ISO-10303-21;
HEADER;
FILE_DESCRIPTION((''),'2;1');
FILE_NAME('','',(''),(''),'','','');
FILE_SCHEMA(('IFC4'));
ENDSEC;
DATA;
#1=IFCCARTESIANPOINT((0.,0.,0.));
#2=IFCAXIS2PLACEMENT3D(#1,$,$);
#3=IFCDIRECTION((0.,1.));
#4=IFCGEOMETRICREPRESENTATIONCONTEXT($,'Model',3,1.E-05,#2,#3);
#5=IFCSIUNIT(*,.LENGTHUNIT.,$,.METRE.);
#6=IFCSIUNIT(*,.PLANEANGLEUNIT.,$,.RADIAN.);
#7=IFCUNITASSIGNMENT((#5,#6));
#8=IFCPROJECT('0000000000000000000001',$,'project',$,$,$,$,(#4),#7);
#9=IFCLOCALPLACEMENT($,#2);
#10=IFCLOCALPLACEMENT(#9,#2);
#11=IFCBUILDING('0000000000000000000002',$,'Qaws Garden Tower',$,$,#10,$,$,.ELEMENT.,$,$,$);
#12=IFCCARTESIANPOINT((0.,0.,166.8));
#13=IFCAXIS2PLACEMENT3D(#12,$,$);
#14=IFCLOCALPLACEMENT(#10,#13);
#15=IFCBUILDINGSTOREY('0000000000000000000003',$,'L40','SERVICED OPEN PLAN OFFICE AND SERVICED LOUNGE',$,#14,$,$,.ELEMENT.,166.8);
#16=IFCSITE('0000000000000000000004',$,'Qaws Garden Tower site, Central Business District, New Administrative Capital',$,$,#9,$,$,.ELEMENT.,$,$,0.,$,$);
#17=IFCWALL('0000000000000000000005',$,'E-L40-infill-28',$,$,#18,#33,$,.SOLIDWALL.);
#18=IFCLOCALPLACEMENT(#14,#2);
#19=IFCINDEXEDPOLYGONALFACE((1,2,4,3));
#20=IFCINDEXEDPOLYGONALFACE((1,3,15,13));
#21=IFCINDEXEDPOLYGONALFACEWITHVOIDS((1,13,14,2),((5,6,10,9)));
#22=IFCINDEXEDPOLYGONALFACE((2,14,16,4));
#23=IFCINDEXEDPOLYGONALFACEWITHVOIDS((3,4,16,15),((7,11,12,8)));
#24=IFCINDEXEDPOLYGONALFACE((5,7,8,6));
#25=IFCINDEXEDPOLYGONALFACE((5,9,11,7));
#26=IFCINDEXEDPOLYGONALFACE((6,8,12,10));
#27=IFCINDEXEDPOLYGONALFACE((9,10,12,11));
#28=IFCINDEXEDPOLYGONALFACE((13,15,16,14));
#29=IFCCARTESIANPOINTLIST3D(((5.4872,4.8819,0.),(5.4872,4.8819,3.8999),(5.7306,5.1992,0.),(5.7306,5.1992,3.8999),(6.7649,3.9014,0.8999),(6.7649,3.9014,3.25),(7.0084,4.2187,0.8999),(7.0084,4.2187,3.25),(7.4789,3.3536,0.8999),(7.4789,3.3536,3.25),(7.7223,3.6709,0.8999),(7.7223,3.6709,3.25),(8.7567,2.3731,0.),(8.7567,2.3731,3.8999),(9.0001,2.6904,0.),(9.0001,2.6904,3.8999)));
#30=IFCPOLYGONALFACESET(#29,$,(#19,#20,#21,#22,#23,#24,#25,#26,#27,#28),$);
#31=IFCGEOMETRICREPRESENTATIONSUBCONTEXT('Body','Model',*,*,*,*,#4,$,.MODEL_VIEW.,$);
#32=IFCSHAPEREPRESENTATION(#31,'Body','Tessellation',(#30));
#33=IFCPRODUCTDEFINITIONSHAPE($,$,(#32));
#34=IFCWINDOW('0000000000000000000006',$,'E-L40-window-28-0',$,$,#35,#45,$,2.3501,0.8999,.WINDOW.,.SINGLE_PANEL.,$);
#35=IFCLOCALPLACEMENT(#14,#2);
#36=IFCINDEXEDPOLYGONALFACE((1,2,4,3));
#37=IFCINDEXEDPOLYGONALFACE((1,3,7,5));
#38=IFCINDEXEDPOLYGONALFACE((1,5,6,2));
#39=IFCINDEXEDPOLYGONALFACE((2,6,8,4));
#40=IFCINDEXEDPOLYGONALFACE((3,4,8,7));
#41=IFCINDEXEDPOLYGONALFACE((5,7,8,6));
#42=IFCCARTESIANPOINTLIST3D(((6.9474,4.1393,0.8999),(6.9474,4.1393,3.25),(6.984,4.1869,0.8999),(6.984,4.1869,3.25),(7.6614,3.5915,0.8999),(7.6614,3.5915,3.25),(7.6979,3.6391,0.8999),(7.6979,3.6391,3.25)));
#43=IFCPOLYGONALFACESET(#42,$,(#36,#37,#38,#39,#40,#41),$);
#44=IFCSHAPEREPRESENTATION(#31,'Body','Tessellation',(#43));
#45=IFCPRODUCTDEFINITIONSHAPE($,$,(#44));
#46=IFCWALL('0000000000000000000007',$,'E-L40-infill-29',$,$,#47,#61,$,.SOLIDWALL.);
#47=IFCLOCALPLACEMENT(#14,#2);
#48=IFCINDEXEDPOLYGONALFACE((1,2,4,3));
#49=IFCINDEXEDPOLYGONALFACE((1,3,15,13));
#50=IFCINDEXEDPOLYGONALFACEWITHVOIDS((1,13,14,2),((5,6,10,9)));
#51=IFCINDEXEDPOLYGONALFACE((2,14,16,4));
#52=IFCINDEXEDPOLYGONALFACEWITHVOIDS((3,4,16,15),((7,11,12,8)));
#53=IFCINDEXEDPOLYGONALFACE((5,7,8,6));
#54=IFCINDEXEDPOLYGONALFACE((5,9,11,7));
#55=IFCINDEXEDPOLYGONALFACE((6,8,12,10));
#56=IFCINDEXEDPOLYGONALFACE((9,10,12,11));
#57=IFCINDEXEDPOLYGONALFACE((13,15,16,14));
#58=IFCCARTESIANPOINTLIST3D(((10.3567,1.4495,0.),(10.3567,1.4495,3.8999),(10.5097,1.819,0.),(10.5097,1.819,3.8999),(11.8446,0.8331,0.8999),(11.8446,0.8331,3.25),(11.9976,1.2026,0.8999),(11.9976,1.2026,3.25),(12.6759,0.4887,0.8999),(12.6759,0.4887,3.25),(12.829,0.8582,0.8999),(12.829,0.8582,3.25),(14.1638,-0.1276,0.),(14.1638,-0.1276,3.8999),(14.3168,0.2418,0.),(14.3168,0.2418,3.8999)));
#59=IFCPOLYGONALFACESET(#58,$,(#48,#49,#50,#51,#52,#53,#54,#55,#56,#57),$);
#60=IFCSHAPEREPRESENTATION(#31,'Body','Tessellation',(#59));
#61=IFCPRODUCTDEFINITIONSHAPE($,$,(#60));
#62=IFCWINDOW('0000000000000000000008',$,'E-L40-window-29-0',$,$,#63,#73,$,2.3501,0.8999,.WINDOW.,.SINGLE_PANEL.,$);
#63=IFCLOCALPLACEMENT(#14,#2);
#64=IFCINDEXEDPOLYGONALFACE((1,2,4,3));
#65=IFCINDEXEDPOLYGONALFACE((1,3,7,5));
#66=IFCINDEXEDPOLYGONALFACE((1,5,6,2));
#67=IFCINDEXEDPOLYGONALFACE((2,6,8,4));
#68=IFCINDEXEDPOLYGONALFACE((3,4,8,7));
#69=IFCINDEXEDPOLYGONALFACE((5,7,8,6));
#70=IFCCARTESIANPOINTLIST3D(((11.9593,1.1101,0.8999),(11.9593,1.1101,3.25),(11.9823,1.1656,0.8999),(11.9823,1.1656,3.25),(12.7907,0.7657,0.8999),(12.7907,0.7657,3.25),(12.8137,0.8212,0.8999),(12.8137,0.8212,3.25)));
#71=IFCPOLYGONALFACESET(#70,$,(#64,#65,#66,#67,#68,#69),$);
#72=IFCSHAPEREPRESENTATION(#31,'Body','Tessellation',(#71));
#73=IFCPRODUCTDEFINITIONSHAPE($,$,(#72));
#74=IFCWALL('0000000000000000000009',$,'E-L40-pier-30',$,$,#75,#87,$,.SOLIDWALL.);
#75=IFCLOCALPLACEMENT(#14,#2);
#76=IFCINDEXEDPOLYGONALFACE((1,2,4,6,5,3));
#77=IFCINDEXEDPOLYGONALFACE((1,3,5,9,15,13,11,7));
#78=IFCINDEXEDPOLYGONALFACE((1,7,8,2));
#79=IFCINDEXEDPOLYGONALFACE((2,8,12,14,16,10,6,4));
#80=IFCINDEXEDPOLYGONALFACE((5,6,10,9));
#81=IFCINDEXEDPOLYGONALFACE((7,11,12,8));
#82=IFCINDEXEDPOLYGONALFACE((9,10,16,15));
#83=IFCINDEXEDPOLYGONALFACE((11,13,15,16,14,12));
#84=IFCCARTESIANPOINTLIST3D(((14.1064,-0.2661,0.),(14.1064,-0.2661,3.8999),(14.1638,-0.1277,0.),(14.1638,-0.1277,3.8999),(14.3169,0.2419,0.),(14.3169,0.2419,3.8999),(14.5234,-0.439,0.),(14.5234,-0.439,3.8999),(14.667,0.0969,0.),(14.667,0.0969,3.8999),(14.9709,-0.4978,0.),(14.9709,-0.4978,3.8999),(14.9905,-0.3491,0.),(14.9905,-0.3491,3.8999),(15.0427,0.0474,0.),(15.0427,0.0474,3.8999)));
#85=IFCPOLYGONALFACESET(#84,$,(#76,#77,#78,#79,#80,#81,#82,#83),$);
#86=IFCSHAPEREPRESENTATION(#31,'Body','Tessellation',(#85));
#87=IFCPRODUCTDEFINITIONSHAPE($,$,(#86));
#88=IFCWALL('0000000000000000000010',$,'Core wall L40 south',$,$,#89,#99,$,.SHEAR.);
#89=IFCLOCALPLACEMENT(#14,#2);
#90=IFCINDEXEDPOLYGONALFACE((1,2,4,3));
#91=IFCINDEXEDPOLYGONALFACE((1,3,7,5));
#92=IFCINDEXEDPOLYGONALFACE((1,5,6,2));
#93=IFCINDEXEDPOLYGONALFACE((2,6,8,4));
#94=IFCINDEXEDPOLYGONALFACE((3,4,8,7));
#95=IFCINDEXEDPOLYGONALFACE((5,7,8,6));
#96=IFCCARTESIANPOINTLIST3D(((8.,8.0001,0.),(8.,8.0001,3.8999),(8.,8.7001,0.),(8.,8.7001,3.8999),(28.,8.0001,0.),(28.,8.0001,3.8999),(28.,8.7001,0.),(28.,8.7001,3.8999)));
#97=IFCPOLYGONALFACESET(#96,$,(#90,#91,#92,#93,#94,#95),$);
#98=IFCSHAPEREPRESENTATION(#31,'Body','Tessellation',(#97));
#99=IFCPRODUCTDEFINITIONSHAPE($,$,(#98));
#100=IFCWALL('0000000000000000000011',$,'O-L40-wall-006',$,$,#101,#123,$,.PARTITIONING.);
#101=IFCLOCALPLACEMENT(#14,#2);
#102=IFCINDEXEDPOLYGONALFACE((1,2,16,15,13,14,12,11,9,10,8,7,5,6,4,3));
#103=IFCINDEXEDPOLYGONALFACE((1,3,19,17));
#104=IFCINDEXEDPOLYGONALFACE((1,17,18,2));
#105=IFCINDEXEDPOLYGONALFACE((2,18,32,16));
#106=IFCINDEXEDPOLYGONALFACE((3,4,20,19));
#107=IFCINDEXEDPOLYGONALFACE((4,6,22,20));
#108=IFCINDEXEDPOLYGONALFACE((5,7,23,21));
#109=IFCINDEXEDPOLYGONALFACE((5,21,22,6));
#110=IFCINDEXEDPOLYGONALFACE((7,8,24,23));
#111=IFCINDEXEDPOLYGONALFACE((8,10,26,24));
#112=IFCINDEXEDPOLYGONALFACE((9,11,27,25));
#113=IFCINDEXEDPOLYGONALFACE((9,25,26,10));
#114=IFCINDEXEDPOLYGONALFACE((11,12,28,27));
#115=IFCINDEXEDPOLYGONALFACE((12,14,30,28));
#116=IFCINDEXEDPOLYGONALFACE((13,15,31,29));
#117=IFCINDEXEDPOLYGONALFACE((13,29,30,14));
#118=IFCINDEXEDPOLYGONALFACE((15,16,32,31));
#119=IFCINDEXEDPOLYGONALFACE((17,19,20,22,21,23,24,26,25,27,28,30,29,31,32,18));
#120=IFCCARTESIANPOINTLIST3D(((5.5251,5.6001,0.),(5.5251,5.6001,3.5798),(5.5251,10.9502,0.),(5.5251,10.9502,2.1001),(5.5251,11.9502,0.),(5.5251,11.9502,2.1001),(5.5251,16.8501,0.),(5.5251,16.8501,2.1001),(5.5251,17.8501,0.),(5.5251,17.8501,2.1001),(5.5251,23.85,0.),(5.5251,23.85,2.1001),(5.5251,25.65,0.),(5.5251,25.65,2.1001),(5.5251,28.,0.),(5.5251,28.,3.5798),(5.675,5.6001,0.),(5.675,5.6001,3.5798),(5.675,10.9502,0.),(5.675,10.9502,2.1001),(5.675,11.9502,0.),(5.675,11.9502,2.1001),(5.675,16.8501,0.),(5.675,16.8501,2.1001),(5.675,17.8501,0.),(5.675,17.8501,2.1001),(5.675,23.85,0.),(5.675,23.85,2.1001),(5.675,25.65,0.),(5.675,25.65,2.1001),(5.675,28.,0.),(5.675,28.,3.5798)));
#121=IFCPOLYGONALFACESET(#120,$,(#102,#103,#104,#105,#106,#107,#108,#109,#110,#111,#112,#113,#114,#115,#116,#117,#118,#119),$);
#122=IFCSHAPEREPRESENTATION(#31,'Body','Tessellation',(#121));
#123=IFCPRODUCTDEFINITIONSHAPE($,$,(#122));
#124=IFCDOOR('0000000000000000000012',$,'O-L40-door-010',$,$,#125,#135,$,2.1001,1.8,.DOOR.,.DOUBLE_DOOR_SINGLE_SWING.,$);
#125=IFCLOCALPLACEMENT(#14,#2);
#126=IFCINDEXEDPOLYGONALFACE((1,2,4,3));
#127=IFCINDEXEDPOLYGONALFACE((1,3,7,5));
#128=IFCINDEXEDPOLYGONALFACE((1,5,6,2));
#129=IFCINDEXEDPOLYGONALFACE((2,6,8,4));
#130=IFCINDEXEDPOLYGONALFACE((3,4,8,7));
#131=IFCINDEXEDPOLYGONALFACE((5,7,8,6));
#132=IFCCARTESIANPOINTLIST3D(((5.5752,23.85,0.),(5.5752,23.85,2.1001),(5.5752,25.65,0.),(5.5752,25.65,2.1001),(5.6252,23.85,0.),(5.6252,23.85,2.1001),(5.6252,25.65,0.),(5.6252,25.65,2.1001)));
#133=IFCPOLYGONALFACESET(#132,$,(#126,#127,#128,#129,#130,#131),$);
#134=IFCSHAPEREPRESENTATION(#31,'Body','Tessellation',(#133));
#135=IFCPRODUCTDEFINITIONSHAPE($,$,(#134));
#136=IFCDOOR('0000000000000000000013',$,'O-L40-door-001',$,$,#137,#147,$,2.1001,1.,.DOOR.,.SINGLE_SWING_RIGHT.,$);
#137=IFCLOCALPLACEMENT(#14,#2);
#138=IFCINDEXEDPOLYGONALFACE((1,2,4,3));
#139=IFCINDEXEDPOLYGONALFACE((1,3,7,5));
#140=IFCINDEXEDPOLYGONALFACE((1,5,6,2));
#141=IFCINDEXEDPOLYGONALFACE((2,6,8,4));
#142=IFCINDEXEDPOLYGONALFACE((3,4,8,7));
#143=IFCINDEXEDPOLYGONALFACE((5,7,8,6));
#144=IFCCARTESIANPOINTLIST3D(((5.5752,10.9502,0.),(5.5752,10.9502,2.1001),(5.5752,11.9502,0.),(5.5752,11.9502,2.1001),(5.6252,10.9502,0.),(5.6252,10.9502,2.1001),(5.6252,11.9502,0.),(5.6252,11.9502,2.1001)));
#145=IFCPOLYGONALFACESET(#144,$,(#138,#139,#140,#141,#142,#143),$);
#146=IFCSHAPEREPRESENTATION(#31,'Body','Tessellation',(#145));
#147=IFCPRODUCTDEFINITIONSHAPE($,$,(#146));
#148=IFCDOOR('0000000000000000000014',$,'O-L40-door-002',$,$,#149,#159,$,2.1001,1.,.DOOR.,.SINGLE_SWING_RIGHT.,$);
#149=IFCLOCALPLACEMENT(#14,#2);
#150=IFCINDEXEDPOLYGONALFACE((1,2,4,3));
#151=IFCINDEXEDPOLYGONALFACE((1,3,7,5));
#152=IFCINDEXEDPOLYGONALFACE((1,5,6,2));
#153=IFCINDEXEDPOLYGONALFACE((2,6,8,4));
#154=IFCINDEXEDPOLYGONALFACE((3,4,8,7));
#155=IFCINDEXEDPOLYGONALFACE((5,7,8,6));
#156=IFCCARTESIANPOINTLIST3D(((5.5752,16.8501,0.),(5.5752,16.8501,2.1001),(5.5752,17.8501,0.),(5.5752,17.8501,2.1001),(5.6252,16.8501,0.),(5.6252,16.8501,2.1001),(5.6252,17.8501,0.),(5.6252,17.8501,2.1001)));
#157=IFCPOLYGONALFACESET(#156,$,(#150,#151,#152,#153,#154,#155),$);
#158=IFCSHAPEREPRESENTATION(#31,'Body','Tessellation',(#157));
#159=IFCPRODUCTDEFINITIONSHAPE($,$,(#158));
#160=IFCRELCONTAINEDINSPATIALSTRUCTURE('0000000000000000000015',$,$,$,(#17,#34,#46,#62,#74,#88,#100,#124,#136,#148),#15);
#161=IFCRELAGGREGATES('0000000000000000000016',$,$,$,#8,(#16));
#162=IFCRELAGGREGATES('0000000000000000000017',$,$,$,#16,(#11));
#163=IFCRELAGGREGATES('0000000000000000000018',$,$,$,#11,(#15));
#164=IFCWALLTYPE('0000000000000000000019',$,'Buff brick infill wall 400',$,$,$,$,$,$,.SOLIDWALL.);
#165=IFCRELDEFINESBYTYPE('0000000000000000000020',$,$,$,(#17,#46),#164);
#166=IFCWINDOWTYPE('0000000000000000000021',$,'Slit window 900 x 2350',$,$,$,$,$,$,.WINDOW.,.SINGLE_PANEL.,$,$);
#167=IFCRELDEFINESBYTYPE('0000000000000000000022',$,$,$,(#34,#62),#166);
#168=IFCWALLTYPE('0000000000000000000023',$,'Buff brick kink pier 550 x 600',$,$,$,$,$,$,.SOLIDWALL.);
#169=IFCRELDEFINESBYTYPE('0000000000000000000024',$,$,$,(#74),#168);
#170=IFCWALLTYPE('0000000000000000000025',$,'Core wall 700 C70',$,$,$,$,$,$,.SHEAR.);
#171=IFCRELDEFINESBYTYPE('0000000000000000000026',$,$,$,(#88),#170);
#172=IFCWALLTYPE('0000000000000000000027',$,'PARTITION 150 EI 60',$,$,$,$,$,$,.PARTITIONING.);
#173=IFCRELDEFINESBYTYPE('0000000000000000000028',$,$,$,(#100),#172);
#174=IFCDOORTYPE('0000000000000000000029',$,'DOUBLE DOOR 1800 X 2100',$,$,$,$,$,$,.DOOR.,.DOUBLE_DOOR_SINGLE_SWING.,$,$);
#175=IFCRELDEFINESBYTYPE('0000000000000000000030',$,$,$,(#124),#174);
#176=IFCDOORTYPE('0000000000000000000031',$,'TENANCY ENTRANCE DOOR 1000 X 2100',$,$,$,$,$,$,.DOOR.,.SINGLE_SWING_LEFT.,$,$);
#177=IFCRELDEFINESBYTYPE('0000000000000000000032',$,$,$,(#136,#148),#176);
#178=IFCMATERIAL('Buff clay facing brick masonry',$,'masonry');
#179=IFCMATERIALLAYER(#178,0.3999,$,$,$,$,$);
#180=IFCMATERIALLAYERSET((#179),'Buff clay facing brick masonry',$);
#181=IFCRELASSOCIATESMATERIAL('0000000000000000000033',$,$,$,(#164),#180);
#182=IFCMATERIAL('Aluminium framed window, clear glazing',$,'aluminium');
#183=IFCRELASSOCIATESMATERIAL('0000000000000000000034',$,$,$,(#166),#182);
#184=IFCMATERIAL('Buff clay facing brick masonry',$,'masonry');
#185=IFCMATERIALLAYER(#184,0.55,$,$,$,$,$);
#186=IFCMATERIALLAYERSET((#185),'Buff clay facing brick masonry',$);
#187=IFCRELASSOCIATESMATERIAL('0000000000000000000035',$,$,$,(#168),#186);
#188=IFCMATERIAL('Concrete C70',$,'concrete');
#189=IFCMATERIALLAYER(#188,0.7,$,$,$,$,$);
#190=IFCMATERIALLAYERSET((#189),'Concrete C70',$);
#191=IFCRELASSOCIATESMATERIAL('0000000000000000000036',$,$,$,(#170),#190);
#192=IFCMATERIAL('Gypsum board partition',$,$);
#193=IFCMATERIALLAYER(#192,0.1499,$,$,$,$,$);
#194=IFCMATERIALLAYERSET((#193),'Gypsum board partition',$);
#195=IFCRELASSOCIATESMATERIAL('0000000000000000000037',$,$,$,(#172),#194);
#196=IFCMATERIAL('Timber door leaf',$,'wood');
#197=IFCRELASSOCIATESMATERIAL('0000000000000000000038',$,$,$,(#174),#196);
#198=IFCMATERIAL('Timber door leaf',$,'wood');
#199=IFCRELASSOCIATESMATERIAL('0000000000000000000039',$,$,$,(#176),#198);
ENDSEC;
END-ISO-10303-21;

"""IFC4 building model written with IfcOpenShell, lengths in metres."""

from ifc_helpers import new_model, si_unit, direction, frame, frame_2d, origin, place, context, subcontext, project, spatial, polyline, rectangle, outline, extrude, material, layer, layer_set, type_object, element, fill, save


model = new_model("IFC4")

# Units and contexts
model_context = context("Model", 3, precision=1e-05, world=origin(), true_north=direction((0.0, 1.0)))
body_context = subcontext(model_context, "Body", "Model", "MODEL_VIEW")
ifc_project = project(units=[si_unit("LENGTHUNIT", "METRE"), si_unit("PLANEANGLEUNIT", "RADIAN")], contexts=[model_context])

# Site, building, storey
site_placement = place(None, origin())
site = spatial("IfcSite", under=ifc_project, at=site_placement, Name="Qaws Garden Tower site, Central Business District, New Administrative Capital", CompositionType="ELEMENT", RefElevation=0.0)
building_placement = place(site_placement, origin())
building = spatial("IfcBuilding", under=site, at=building_placement, Name="Qaws Garden Tower", CompositionType="ELEMENT")
storey_placement = place(building_placement, frame((0.0, 0.0, 166.8)))
storey = spatial("IfcBuildingStorey", under=building, at=storey_placement, Name="L40", Description="SERVICED OPEN PLAN OFFICE AND SERVICED LOUNGE", CompositionType="ELEMENT", Elevation=166.8)

# Shared definitions
placement_1 = place(storey_placement, origin())

# Walls, openings, windows
ifc_material_1 = material(Name="Buff clay facing brick masonry", Category="masonry")
ifc_layer_1 = layer(ifc_material_1, 0.3999)
ifc_layer_set_1 = layer_set([ifc_layer_1], Name="Buff clay facing brick masonry")
wall_type_1 = type_object("IfcWallType", Name="Buff brick infill wall 400", PredefinedType="SOLIDWALL", material=ifc_layer_set_1)
ifc_material_2 = material(Name="Aluminium framed window, clear glazing", Category="aluminium")
window_type = type_object("IfcWindowType", Name="Slit window 900 x 2350", PartitioningType="SINGLE_PANEL", PredefinedType="WINDOW", material=ifc_material_2)
wall_1_placement = place(storey_placement, frame((5.6089, 5.0405, 0.0), z_axis=(0.0, 0.0, 1.0), x_axis=(0.793355, -0.60876, 0.0)))
wall_1 = element("IfcWall", 1, at=wall_1_placement, inside=storey, type_object=wall_type_1, Name="E-L40-infill-28", PredefinedType="SOLIDWALL", context=body_context, shape_type="SweptSolid", body=[
    extrude(rectangle(XDim=4.1211, YDim=0.3999, at=frame_2d((2.0605, 0.0))), origin(), (0.0, 0.0, 1.0), 3.8999),
])
opening_1_placement = place(wall_1_placement, frame((1.6106, 0.0, 0.8999)))
opening_1 = element("IfcOpeningElement", 2, at=opening_1_placement, cuts=wall_1, PredefinedType="OPENING", context=body_context, shape_type="SweptSolid", body=[
    extrude(rectangle(XDim=0.8999, YDim=2.3501, at=frame_2d((0.45, 1.175))), frame((0.0, 0.21, 0.0), z_axis=(0.0, -1.0, 0.0), x_axis=(1.0, 0.0, 0.0)), (0.0, 0.0, 1.0), 0.4199),
])
window_1_placement = place(opening_1_placement, origin())
window_1 = element("IfcWindow", 3, at=window_1_placement, inside=storey, type_object=window_type, Name="E-L40-window-28-0", OverallHeight=2.3501, OverallWidth=0.8999, PartitioningType="SINGLE_PANEL", PredefinedType="WINDOW", context=body_context, shape_type="SweptSolid", body=[
    extrude(rectangle(XDim=0.8999, YDim=2.3501, at=frame_2d((0.45, 1.175))), frame((0.0, 0.1599, 0.0), z_axis=(0.0, -1.0, 0.0), x_axis=(1.0, 0.0, 0.0)), (0.0, 0.0, 1.0), 0.0601),
])
fill(opening_1, window_1)
wall_2_placement = place(storey_placement, frame((10.4331, 1.6343, 0.0), z_axis=(0.0, 0.0, 1.0), x_axis=(0.923864, -0.382722, 0.0)))
wall_2 = element("IfcWall", 4, at=wall_2_placement, inside=storey, type_object=wall_type_1, Name="E-L40-infill-29", PredefinedType="SOLIDWALL", context=body_context, shape_type="SweptSolid", body=[
    extrude(rectangle(XDim=4.1208, YDim=0.3999, at=frame_2d((2.0605, 0.0))), origin(), (0.0, 0.0, 1.0), 3.8999),
])
opening_2_placement = place(wall_2_placement, frame((1.6106, 0.0, 0.8999)))
opening_2 = element("IfcOpeningElement", 5, at=opening_2_placement, cuts=wall_2, PredefinedType="OPENING", context=body_context, shape_type="SweptSolid", body=[
    extrude(rectangle(XDim=0.8999, YDim=2.3501, at=frame_2d((0.45, 1.175))), frame((0.0, 0.21, 0.0), z_axis=(0.0, -1.0, 0.0), x_axis=(1.0, 0.0, 0.0)), (0.0, 0.0, 1.0), 0.4199),
])
window_2_placement = place(opening_2_placement, origin())
window_2 = element("IfcWindow", 6, at=window_2_placement, inside=storey, type_object=window_type, Name="E-L40-window-29-0", OverallHeight=2.3501, OverallWidth=0.8999, PartitioningType="SINGLE_PANEL", PredefinedType="WINDOW", context=body_context, shape_type="SweptSolid", body=[
    extrude(rectangle(XDim=0.8999, YDim=2.3501, at=frame_2d((0.45, 1.175))), frame((0.0, 0.1599, 0.0), z_axis=(0.0, -1.0, 0.0), x_axis=(1.0, 0.0, 0.0)), (0.0, 0.0, 1.0), 0.0601),
])
fill(opening_2, window_2)

# Walls
ifc_material_3 = material(Name="Buff clay facing brick masonry", Category="masonry")
ifc_layer_2 = layer(ifc_material_3, 0.55)
ifc_layer_set_2 = layer_set([ifc_layer_2], Name="Buff clay facing brick masonry")
wall_type_2 = type_object("IfcWallType", Name="Buff brick kink pier 550 x 600", PredefinedType="SOLIDWALL", material=ifc_layer_set_2)
element("IfcWall", 7, at=placement_1, inside=storey, type_object=wall_type_2, Name="E-L40-pier-30", PredefinedType="SOLIDWALL", context=body_context, shape_type="SweptSolid", body=[
    extrude(outline(polyline([(14.1638, -0.1277), (14.1064, -0.2661), (14.5234, -0.439), (14.9709, -0.4978), (14.9905, -0.3491), (15.0427, 0.0474), (14.667, 0.0969), (14.3169, 0.2419), (14.1638, -0.1277)])), origin(), (0.0, 0.0, 1.0), 3.8999),
])
ifc_material_4 = material(Name="Concrete C70", Category="concrete")
ifc_layer_3 = layer(ifc_material_4, 0.7)
ifc_layer_set_3 = layer_set([ifc_layer_3], Name="Concrete C70")
wall_type_3 = type_object("IfcWallType", Name="Core wall 700 C70", PredefinedType="SHEAR", material=ifc_layer_set_3)
wall_3_placement = place(storey_placement, frame((8.0, 8.3501, 0.0), z_axis=(0.0, 0.0, 1.0), x_axis=(1.0, 0.0, 0.0)))
element("IfcWall", 8, at=wall_3_placement, inside=storey, type_object=wall_type_3, Name="Core wall L40 south", PredefinedType="SHEAR", context=body_context, shape_type="SweptSolid", body=[
    extrude(rectangle(XDim=20.0, YDim=0.7, at=frame_2d((10.0, 0.0))), origin(), (0.0, 0.0, 1.0), 3.8999),
])

# Wall, openings, doors
ifc_material_5 = material(Name="Gypsum board partition")
ifc_layer_4 = layer(ifc_material_5, 0.1499)
ifc_layer_set_4 = layer_set([ifc_layer_4], Name="Gypsum board partition")
wall_type_4 = type_object("IfcWallType", Name="PARTITION 150 EI 60", PredefinedType="PARTITIONING", material=ifc_layer_set_4)
wall_4_placement = place(storey_placement, frame((5.6001, 5.6001, 0.0), z_axis=(0.0, 0.0, 1.0), x_axis=(0.0, 1.0, 0.0)))
wall_4 = element("IfcWall", 9, at=wall_4_placement, inside=storey, type_object=wall_type_4, Name="O-L40-wall-006", PredefinedType="PARTITIONING", context=body_context, shape_type="SweptSolid", body=[
    extrude(rectangle(XDim=22.3999, YDim=0.1499, at=frame_2d((11.2, 0.0))), origin(), (0.0, 0.0, 1.0), 3.5798),
])
opening_3_placement = place(wall_4_placement, frame((5.3501, 0.0, 0.0)))
opening_3 = element("IfcOpeningElement", 10, at=opening_3_placement, cuts=wall_4, PredefinedType="OPENING", context=body_context, shape_type="SweptSolid", body=[
    extrude(rectangle(XDim=1.0, YDim=2.1001, at=frame_2d((0.5, 1.05))), frame((0.0, 0.085, 0.0), z_axis=(0.0, -1.0, 0.0), x_axis=(1.0, 0.0, 0.0)), (0.0, 0.0, 1.0), 0.1699),
])
opening_4_placement = place(wall_4_placement, frame((11.25, 0.0, 0.0)))
opening_4 = element("IfcOpeningElement", 11, at=opening_4_placement, cuts=wall_4, PredefinedType="OPENING", context=body_context, shape_type="SweptSolid", body=[
    extrude(rectangle(XDim=1.0, YDim=2.1001, at=frame_2d((0.5, 1.05))), frame((0.0, 0.085, 0.0), z_axis=(0.0, -1.0, 0.0), x_axis=(1.0, 0.0, 0.0)), (0.0, 0.0, 1.0), 0.1699),
])
opening_5_placement = place(wall_4_placement, frame((18.25, 0.0, 0.0)))
opening_5 = element("IfcOpeningElement", 12, at=opening_5_placement, cuts=wall_4, PredefinedType="OPENING", context=body_context, shape_type="SweptSolid", body=[
    extrude(rectangle(XDim=1.8, YDim=2.1001, at=frame_2d((0.8999, 1.05))), frame((0.0, 0.085, 0.0), z_axis=(0.0, -1.0, 0.0), x_axis=(1.0, 0.0, 0.0)), (0.0, 0.0, 1.0), 0.1699),
])
ifc_material_6 = material(Name="Timber door leaf", Category="wood")
door_type_1 = type_object("IfcDoorType", Name="DOUBLE DOOR 1800 X 2100", OperationType="DOUBLE_DOOR_SINGLE_SWING", PredefinedType="DOOR", material=ifc_material_6)
door_1_placement = place(opening_5_placement, origin())
door_1 = element("IfcDoor", 13, at=door_1_placement, inside=storey, type_object=door_type_1, Name="O-L40-door-010", OperationType="DOUBLE_DOOR_SINGLE_SWING", OverallHeight=2.1001, OverallWidth=1.8, PredefinedType="DOOR", context=body_context, shape_type="SweptSolid", body=[
    extrude(rectangle(XDim=1.8, YDim=2.1001, at=frame_2d((0.8999, 1.05))), frame((0.0, 0.0249, 0.0), z_axis=(0.0, -1.0, 0.0), x_axis=(1.0, 0.0, 0.0)), (0.0, 0.0, 1.0), 0.05),
])
fill(opening_5, door_1)
ifc_material_7 = material(Name="Timber door leaf", Category="wood")
door_type_2 = type_object("IfcDoorType", Name="TENANCY ENTRANCE DOOR 1000 X 2100", OperationType="SINGLE_SWING_LEFT", PredefinedType="DOOR", material=ifc_material_7)
door_2_placement = place(opening_3_placement, origin())
door_2 = element("IfcDoor", 14, at=door_2_placement, inside=storey, type_object=door_type_2, Name="O-L40-door-001", OperationType="SINGLE_SWING_RIGHT", OverallHeight=2.1001, OverallWidth=1.0, PredefinedType="DOOR", context=body_context, shape_type="SweptSolid", body=[
    extrude(rectangle(XDim=1.0, YDim=2.1001, at=frame_2d((0.5, 1.05))), frame((0.0, 0.0249, 0.0), z_axis=(0.0, -1.0, 0.0), x_axis=(1.0, 0.0, 0.0)), (0.0, 0.0, 1.0), 0.05),
])
fill(opening_3, door_2)
door_3_placement = place(opening_4_placement, origin())
door_3 = element("IfcDoor", 15, at=door_3_placement, inside=storey, type_object=door_type_2, Name="O-L40-door-002", OperationType="SINGLE_SWING_RIGHT", OverallHeight=2.1001, OverallWidth=1.0, PredefinedType="DOOR", context=body_context, shape_type="SweptSolid", body=[
    extrude(rectangle(XDim=1.0, YDim=2.1001, at=frame_2d((0.5, 1.05))), frame((0.0, 0.0249, 0.0), z_axis=(0.0, -1.0, 0.0), x_axis=(1.0, 0.0, 0.0)), (0.0, 0.0, 1.0), 0.05),
])
fill(opening_4, door_3)

save(model, "model.ifc")
